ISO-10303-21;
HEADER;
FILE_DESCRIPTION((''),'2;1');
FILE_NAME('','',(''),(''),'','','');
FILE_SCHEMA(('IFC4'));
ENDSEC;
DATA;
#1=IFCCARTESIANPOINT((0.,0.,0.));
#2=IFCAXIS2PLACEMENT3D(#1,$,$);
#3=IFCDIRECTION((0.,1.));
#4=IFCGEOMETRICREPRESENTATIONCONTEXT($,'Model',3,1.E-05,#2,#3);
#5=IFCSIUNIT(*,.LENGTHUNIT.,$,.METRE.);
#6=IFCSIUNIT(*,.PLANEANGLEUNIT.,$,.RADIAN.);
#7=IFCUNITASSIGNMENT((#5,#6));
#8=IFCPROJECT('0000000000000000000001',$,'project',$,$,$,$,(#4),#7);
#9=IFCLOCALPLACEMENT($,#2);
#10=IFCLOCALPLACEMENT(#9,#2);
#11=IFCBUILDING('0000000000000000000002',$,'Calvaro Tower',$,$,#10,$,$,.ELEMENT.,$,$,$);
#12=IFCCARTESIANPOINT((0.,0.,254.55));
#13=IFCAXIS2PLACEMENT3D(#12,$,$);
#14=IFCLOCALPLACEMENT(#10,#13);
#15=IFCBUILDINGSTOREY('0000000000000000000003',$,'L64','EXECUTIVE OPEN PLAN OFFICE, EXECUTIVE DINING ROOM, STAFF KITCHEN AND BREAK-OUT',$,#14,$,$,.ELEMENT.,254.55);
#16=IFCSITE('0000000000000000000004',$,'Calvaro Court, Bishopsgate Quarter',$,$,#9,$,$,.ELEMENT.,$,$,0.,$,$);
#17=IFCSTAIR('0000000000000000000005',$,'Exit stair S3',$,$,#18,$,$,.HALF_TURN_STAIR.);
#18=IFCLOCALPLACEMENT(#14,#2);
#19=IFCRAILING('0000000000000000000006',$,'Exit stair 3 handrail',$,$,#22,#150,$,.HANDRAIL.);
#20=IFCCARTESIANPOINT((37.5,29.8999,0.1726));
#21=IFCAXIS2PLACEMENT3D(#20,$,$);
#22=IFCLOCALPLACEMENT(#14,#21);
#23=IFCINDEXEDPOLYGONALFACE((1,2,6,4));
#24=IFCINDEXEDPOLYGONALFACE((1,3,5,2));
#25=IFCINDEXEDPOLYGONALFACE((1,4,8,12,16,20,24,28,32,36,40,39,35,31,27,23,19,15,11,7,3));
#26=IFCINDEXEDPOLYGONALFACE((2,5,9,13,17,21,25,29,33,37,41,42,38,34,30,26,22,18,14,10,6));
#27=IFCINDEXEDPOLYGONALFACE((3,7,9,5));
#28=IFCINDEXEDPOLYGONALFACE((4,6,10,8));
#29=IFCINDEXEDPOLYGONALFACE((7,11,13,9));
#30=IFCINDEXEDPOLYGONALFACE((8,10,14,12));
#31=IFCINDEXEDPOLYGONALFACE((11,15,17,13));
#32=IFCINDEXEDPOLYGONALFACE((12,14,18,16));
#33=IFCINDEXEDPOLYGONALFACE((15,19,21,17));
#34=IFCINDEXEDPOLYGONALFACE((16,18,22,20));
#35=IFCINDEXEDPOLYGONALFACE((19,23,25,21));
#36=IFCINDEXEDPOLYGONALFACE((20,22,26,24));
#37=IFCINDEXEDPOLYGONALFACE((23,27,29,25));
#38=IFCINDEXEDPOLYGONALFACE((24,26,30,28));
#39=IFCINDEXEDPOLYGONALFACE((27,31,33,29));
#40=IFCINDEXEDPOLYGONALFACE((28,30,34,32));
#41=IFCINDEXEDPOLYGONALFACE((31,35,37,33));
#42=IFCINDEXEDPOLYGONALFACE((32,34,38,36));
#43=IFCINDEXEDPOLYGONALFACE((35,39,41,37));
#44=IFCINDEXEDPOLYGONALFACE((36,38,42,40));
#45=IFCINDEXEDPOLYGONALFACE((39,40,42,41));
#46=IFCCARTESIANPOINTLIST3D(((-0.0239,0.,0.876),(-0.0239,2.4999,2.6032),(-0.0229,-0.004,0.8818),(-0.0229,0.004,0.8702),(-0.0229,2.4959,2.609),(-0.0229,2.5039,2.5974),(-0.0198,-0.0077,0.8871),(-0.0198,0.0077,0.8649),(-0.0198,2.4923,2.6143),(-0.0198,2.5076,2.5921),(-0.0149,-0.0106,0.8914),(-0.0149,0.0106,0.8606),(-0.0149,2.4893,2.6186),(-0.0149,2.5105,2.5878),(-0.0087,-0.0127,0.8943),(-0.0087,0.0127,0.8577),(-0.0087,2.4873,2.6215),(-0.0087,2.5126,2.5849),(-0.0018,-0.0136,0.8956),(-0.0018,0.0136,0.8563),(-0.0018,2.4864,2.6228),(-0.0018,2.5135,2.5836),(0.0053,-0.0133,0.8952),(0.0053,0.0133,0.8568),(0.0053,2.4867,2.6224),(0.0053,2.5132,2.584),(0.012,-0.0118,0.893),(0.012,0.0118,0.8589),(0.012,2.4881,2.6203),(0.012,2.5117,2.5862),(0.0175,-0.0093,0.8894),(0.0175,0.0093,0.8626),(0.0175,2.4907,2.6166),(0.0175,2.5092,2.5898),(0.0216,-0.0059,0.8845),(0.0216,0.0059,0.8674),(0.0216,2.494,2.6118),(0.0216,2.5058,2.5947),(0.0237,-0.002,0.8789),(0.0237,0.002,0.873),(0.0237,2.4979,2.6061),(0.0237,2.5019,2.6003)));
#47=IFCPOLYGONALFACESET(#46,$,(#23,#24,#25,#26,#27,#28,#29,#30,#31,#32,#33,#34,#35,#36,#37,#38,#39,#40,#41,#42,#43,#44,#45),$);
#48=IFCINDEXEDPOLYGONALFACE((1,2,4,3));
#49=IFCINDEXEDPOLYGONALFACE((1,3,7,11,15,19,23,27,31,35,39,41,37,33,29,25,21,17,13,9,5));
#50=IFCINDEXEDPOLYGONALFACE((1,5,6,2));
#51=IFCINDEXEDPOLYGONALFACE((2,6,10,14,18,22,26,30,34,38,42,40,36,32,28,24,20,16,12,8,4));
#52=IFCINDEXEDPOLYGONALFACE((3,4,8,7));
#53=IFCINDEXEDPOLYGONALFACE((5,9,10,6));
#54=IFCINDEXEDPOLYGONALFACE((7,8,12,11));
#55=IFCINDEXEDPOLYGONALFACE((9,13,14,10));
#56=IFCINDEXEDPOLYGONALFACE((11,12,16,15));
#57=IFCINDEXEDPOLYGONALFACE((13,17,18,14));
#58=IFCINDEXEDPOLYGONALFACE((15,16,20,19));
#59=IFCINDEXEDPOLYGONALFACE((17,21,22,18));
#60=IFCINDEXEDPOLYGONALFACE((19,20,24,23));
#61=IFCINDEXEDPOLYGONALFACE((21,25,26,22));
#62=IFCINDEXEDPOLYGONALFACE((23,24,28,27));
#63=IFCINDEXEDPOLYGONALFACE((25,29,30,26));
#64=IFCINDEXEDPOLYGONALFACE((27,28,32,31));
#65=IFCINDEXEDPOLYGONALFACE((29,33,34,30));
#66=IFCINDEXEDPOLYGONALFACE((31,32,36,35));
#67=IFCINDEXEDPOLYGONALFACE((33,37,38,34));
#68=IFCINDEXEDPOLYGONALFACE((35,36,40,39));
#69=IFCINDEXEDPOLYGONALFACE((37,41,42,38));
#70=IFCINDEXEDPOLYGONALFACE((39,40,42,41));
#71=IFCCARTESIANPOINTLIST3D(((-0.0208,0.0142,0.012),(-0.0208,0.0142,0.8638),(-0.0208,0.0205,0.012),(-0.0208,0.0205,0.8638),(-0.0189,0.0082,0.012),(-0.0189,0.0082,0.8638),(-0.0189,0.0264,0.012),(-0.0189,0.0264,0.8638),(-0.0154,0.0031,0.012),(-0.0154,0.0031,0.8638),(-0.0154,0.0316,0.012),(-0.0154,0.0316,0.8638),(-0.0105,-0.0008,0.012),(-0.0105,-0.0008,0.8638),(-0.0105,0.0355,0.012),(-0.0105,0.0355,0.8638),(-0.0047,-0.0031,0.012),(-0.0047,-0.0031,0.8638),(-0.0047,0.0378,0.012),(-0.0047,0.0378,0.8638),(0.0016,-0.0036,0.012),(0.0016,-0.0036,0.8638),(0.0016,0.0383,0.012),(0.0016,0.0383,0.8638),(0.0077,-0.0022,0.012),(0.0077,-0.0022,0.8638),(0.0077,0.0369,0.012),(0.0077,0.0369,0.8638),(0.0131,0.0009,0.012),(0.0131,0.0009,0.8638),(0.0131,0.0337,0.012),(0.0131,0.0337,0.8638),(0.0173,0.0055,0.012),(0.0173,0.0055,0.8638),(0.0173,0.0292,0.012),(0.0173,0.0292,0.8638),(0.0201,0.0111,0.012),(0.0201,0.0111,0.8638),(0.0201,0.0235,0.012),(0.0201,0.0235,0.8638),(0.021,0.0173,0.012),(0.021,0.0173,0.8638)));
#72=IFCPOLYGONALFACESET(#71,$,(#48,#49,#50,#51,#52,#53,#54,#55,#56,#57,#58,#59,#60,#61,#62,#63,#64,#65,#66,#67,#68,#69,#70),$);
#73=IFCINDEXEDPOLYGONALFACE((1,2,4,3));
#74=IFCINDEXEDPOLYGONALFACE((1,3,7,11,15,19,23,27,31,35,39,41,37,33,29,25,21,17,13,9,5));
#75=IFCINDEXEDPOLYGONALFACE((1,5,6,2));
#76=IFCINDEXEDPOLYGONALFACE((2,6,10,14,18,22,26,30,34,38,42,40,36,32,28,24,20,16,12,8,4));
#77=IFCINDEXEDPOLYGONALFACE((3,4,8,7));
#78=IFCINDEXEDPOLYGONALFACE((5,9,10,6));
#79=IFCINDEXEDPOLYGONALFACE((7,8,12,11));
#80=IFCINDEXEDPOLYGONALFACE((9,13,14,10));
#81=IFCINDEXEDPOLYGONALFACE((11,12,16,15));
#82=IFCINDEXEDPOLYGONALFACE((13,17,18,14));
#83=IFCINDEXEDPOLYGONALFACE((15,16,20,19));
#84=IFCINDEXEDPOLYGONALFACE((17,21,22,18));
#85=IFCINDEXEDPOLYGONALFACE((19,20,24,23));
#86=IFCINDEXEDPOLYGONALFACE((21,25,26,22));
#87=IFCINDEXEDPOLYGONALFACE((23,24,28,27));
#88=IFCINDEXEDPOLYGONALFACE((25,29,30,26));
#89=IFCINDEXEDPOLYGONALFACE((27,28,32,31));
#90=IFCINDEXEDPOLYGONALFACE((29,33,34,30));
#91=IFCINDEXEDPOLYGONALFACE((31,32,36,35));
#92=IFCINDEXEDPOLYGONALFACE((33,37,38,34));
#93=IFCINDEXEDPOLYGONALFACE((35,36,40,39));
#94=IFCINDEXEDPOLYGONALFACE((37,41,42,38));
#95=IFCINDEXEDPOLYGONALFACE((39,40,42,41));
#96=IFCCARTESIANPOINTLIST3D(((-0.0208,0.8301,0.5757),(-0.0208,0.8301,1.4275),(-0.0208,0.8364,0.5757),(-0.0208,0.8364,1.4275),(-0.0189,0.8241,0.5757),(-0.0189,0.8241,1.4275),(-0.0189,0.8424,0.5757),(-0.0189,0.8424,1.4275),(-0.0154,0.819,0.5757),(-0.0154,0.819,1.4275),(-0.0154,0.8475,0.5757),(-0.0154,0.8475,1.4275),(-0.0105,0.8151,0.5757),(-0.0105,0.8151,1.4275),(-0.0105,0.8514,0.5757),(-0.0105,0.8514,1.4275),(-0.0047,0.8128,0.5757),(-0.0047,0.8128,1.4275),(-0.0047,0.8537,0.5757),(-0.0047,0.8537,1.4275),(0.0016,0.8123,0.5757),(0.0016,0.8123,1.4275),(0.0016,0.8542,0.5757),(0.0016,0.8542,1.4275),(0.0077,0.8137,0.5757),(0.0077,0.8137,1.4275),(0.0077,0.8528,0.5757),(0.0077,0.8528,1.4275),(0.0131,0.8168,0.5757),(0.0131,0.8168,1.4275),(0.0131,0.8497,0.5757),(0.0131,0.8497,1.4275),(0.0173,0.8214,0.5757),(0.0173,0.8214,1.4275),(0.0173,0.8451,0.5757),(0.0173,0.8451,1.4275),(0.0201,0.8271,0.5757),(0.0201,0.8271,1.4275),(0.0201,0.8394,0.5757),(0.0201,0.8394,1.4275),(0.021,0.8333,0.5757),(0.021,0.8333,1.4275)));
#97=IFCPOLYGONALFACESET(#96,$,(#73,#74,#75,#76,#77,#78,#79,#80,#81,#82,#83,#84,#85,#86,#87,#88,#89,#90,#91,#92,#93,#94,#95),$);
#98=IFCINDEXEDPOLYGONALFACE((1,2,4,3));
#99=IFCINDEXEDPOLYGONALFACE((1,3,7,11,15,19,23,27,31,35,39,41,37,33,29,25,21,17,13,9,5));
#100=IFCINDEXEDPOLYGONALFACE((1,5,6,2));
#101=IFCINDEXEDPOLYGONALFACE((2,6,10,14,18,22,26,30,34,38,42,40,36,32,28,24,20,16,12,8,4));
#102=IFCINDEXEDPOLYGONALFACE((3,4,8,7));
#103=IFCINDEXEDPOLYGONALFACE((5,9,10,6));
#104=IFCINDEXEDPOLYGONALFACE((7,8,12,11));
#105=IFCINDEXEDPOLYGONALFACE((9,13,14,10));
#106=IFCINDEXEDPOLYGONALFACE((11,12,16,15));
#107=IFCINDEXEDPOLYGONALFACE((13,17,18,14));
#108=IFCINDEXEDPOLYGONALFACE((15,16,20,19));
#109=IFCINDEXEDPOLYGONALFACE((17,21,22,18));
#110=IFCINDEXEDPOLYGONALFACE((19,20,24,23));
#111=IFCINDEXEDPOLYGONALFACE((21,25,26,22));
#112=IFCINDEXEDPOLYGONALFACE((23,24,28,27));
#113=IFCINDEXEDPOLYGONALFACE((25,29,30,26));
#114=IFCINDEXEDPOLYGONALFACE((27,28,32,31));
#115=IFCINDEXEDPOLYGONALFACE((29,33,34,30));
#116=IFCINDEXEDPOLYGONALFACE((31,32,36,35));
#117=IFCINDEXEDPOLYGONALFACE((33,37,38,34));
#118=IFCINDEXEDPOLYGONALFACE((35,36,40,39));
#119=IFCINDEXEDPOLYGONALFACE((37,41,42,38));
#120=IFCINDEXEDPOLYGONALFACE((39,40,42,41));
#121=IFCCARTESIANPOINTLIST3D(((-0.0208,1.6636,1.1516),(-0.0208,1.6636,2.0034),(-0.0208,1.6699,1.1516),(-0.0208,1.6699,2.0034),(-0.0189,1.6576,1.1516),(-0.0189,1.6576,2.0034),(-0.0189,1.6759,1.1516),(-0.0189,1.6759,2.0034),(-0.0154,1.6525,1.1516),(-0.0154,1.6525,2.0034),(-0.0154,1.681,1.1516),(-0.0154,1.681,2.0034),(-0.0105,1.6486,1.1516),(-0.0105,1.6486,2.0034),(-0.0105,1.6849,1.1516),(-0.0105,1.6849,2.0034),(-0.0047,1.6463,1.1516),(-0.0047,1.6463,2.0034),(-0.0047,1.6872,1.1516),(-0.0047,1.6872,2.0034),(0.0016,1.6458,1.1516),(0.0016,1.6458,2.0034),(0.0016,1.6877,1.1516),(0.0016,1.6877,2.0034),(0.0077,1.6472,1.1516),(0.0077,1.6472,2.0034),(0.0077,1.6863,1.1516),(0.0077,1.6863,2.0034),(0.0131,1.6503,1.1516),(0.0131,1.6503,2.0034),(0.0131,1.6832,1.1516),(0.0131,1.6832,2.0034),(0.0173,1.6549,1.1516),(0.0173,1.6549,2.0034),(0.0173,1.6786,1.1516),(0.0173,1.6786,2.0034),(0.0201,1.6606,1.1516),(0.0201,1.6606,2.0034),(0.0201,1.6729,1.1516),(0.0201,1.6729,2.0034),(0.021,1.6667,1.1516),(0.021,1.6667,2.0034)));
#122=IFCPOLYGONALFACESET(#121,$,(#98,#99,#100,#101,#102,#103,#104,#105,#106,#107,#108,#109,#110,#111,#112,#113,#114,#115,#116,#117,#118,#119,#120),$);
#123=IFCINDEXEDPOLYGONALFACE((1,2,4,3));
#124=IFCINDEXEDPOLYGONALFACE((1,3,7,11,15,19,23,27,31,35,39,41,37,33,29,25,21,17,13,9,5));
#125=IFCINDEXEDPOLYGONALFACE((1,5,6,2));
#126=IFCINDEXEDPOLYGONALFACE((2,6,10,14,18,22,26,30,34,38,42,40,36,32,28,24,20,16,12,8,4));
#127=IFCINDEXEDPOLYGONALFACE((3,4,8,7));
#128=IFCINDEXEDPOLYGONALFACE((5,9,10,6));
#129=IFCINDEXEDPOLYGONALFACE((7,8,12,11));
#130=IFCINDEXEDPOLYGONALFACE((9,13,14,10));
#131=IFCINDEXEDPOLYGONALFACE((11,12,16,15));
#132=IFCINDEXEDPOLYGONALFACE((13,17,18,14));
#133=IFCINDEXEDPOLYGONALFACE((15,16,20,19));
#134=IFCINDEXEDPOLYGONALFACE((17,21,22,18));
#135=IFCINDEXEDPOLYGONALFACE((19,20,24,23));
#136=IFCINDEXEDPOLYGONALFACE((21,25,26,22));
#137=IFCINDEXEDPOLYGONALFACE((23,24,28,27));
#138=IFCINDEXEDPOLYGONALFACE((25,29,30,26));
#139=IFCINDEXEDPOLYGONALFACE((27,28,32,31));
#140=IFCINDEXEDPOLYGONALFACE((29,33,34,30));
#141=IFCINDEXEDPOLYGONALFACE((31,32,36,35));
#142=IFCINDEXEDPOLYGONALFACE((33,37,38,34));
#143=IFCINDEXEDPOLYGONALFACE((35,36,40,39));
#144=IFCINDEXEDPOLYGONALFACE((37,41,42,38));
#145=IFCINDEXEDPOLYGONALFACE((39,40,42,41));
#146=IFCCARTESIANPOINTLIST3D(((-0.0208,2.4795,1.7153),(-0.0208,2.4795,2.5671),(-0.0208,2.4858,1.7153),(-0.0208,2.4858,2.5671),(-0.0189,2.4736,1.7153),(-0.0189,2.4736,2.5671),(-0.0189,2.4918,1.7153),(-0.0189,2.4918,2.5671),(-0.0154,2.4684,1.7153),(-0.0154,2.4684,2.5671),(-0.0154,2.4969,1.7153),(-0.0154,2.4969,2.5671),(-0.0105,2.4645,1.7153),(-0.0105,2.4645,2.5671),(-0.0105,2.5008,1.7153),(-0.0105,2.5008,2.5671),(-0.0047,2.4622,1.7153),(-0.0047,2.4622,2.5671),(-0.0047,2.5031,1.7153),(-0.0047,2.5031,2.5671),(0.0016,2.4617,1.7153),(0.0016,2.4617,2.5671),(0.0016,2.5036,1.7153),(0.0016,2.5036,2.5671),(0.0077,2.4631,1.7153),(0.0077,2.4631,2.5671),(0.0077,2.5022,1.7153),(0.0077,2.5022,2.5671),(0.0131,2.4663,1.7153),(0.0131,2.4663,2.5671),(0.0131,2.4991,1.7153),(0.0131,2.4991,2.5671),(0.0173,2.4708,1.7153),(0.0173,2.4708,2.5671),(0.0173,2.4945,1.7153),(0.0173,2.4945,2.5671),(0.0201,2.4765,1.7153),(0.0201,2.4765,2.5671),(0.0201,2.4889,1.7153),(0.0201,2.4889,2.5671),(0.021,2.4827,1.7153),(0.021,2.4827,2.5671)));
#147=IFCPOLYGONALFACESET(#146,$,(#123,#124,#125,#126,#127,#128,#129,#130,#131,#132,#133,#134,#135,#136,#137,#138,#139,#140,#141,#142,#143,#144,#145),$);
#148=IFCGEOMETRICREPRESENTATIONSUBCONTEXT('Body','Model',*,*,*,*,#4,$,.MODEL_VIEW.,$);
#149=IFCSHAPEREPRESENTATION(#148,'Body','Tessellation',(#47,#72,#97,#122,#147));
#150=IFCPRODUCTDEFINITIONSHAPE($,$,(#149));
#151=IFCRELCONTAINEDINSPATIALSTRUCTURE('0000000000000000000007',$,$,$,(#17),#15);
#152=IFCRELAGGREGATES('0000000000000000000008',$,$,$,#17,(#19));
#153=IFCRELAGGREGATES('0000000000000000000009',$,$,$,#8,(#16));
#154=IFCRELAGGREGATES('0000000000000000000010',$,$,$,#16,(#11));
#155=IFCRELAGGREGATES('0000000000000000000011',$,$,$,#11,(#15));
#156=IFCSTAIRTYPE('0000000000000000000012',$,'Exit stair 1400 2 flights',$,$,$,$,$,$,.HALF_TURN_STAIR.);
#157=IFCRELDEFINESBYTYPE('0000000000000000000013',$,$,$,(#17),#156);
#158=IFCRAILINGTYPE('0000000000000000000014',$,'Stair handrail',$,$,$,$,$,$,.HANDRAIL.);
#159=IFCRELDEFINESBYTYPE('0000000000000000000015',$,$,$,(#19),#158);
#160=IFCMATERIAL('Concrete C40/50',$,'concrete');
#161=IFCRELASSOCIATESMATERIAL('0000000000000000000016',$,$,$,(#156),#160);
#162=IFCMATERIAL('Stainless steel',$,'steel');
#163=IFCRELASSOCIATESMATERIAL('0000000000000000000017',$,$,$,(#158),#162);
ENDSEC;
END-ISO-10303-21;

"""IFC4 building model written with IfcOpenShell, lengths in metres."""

from ifc_helpers import new_model, si_unit, direction, frame, origin, origin_2d, place, context, subcontext, project, spatial, circle, extrude, material, type_object, element, aggregate, save


model = new_model("IFC4")

# Units and contexts
model_context = context("Model", 3, precision=1e-05, world=origin(), true_north=direction((0.0, 1.0)))
body_context = subcontext(model_context, "Body", "Model", "MODEL_VIEW")
ifc_project = project(units=[si_unit("LENGTHUNIT", "METRE"), si_unit("PLANEANGLEUNIT", "RADIAN")], contexts=[model_context])

# Site, building, storey
site_placement = place(None, origin())
site = spatial("IfcSite", under=ifc_project, at=site_placement, Name="Calvaro Court, Bishopsgate Quarter", CompositionType="ELEMENT", RefElevation=0.0)
building_placement = place(site_placement, origin())
building = spatial("IfcBuilding", under=site, at=building_placement, Name="Calvaro Tower", CompositionType="ELEMENT")
storey_placement = place(building_placement, frame((0.0, 0.0, 254.55)))
storey = spatial("IfcBuildingStorey", under=building, at=storey_placement, Name="L64", Description="EXECUTIVE OPEN PLAN OFFICE, EXECUTIVE DINING ROOM, STAFF KITCHEN AND BREAK-OUT", CompositionType="ELEMENT", Elevation=254.55)

# Stair
ifc_material_1 = material(Name="Concrete C40/50", Category="concrete")
stair_type = type_object("IfcStairType", Name="Exit stair 1400 2 flights", PredefinedType="HALF_TURN_STAIR", material=ifc_material_1)
stair_1_placement = place(storey_placement, origin())
stair_1 = element("IfcStair", 1, at=stair_1_placement, inside=storey, type_object=stair_type, Name="Exit stair S3", PredefinedType="HALF_TURN_STAIR")

# Railing
ifc_material_2 = material(Name="Stainless steel", Category="steel")
railing_type = type_object("IfcRailingType", Name="Stair handrail", PredefinedType="HANDRAIL", material=ifc_material_2)
railing_1_placement = place(storey_placement, frame((37.5, 29.8999, 0.1726)))
railing_1 = element("IfcRailing", 2, at=railing_1_placement, type_object=railing_type, Name="Exit stair 3 handrail", PredefinedType="HANDRAIL", context=body_context, shape_type="SweptSolid", body=[
    extrude(circle(Radius=0.0239, at=origin_2d()), frame((0.0, 0.0, 0.876), z_axis=(0.0, 0.822727, 0.568437), x_axis=(-1.0, 0.0, 0.0)), (0.0, 0.0, 1.0), 3.0386),
    extrude(circle(Radius=0.021, at=origin_2d()), frame((0.0, 0.0173, 0.012)), (0.0, 0.0, 1.0), 0.8518),
    extrude(circle(Radius=0.021, at=origin_2d()), frame((0.0, 0.8333, 0.5757)), (0.0, 0.0, 1.0), 0.8518),
    extrude(circle(Radius=0.021, at=origin_2d()), frame((0.0, 1.6667, 1.1516)), (0.0, 0.0, 1.0), 0.8518),
    extrude(circle(Radius=0.021, at=origin_2d()), frame((0.0, 2.4827, 1.7153)), (0.0, 0.0, 1.0), 0.8518),
])
aggregate(stair_1, [railing_1])

save(model, "model.ifc")
